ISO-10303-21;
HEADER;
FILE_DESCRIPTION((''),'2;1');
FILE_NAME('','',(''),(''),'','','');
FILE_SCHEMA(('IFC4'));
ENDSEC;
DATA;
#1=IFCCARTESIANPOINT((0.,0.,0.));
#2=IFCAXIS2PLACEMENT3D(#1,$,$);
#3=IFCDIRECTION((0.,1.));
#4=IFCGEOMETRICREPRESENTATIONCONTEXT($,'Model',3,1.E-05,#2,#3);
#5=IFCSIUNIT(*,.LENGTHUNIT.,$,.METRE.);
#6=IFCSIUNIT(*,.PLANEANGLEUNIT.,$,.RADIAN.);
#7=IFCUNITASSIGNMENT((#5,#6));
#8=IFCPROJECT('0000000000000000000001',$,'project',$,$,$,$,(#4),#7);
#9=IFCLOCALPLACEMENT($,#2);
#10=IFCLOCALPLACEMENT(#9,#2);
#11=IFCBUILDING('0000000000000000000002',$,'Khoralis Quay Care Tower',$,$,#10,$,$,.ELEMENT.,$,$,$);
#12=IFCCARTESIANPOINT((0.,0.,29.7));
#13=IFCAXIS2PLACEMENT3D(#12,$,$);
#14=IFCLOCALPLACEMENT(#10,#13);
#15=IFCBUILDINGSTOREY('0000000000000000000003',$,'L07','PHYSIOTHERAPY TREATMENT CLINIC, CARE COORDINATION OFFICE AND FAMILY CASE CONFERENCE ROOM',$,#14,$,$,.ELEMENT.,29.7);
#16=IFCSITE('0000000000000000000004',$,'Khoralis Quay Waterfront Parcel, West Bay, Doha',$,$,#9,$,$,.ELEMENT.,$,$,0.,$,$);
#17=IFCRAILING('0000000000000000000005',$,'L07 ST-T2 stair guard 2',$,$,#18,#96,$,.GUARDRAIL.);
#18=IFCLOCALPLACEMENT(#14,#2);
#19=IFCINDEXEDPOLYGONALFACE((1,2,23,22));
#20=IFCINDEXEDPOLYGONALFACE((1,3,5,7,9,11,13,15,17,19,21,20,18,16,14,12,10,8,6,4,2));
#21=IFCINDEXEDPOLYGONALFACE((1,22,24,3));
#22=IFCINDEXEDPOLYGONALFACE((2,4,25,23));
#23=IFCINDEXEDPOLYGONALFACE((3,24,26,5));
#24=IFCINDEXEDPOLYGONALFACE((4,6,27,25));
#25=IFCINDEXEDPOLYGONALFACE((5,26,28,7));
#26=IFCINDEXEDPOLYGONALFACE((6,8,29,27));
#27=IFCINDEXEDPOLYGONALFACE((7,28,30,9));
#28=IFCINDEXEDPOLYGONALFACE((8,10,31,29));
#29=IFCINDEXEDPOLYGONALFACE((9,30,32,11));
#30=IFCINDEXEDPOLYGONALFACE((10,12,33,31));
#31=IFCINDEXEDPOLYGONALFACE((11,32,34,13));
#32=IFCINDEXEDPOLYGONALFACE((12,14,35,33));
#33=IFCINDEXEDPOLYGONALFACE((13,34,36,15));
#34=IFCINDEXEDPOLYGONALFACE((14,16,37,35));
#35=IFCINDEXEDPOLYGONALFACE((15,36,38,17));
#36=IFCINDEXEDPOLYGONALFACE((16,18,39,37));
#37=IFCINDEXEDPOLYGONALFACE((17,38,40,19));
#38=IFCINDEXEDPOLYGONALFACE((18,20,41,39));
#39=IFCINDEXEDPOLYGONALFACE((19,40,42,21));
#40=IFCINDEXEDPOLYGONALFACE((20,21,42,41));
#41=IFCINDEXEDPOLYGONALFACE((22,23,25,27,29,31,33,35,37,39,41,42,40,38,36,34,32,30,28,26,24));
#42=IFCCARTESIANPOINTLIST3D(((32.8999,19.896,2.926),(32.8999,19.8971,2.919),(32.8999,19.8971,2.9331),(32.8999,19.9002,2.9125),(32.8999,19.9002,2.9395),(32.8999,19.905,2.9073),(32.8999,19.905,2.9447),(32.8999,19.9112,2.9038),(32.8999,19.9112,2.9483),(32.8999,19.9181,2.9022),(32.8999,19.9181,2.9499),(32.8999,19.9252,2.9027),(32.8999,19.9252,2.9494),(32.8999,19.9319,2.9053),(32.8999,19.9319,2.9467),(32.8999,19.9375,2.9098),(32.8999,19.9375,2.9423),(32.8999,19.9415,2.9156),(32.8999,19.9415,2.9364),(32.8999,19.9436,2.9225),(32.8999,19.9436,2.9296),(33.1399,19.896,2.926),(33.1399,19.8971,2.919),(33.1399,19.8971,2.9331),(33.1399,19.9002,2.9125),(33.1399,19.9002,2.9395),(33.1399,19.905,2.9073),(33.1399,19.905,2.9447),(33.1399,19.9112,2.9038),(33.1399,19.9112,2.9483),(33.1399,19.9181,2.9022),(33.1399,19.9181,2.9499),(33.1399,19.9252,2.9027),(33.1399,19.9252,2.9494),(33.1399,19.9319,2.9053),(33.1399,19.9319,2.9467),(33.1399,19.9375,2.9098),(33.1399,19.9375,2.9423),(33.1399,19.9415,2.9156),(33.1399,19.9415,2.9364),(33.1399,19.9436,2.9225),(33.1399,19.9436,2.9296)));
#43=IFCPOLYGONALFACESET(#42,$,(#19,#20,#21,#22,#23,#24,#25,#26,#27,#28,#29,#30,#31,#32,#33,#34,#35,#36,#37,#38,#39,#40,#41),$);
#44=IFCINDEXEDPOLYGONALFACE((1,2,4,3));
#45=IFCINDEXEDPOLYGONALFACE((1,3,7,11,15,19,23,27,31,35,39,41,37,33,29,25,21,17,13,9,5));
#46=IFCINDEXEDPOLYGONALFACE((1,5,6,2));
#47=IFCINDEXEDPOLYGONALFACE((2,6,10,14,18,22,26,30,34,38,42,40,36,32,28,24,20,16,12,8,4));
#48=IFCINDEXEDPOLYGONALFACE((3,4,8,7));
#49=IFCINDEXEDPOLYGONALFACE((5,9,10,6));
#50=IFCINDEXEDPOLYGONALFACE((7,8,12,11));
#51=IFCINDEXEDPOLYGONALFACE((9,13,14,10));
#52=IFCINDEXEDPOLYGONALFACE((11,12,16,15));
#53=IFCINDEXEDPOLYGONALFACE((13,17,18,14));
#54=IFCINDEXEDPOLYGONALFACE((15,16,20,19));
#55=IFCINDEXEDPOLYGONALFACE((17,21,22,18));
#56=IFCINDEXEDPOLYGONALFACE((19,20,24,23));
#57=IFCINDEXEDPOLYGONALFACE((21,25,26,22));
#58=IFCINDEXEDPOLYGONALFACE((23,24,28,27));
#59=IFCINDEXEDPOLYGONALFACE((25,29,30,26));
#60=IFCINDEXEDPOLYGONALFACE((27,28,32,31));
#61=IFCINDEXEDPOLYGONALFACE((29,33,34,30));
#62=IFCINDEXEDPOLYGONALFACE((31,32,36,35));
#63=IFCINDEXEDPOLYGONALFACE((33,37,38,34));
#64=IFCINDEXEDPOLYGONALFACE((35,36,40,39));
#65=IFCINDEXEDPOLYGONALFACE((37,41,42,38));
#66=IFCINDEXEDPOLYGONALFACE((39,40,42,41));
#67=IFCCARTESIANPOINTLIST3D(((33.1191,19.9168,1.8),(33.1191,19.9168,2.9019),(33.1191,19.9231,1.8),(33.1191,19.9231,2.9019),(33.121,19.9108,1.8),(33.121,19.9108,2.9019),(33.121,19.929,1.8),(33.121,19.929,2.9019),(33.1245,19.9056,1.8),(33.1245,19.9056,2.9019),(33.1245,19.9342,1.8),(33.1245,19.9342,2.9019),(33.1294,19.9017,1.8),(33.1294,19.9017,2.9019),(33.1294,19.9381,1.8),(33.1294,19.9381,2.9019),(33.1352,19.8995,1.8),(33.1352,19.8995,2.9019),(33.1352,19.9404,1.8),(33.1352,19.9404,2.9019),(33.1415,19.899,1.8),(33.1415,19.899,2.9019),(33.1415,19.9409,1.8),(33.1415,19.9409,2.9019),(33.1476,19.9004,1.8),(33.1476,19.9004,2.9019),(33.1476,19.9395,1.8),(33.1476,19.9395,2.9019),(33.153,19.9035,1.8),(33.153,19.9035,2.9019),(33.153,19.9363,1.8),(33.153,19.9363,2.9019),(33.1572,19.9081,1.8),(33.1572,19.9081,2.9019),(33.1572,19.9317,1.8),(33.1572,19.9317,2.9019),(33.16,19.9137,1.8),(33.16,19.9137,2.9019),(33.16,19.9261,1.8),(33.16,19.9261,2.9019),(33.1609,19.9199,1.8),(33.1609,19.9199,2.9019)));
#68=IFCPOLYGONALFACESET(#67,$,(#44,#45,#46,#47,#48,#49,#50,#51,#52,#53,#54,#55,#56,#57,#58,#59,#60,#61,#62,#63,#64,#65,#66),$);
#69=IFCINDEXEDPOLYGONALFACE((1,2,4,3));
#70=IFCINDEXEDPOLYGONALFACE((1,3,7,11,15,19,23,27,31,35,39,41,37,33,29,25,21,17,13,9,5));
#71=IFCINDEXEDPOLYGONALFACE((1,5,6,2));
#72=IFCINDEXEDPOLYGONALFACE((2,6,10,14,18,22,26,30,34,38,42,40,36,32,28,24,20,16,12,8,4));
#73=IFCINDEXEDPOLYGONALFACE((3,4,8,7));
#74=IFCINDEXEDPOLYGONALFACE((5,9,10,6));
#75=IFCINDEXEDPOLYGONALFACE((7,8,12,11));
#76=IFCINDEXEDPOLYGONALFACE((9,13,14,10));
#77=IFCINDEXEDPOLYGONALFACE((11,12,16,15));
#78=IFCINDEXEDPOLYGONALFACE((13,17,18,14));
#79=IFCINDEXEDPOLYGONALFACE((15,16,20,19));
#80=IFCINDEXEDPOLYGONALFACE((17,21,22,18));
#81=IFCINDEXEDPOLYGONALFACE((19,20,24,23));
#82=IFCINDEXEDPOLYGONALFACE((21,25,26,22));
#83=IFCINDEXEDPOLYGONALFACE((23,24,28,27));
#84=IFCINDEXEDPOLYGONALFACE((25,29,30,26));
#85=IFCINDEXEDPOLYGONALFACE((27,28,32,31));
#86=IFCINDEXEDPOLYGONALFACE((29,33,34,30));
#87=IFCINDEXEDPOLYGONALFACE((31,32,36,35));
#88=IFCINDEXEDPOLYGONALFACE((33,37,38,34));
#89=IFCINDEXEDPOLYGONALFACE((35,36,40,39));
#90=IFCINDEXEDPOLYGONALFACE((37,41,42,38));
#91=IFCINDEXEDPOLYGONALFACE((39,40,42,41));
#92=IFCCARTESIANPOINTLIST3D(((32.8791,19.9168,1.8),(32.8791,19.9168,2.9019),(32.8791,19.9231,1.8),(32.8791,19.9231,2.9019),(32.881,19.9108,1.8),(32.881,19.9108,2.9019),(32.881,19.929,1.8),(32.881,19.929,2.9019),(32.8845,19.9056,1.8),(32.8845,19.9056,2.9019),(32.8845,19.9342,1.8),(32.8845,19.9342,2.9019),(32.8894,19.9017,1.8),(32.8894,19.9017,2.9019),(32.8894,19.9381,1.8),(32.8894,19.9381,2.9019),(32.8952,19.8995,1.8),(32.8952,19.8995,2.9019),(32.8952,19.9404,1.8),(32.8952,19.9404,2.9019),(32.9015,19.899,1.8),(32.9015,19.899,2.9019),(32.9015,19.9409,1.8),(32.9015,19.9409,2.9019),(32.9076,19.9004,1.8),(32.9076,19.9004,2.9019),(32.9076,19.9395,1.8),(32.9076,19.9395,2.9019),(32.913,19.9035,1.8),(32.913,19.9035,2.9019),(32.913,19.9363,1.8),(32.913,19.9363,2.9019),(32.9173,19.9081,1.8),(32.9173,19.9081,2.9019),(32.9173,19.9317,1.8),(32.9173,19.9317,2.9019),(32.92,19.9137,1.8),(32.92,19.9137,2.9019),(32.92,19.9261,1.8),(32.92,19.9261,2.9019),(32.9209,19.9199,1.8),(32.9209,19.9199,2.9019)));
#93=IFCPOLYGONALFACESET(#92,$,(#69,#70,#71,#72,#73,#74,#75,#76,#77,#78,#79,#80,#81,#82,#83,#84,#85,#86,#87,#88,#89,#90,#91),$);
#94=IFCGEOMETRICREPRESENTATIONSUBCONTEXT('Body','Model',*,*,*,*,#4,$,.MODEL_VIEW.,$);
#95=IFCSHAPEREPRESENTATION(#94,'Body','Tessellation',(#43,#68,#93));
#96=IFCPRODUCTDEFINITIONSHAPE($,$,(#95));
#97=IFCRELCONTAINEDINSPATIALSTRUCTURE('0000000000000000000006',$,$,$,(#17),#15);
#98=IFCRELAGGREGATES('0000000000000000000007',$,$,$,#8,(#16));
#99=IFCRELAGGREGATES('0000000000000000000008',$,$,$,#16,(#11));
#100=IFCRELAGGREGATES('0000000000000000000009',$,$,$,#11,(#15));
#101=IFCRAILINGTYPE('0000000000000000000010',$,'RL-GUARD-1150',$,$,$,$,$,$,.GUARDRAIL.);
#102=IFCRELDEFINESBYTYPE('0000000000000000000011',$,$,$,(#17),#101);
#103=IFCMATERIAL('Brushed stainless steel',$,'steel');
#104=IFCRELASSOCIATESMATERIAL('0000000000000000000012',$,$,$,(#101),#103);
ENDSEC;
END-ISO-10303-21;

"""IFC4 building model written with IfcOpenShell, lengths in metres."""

from ifc_helpers import new_model, si_unit, direction, frame, origin, origin_2d, place, context, subcontext, project, spatial, circle, extrude, material, type_object, element, save


model = new_model("IFC4")

# Units and contexts
model_context = context("Model", 3, precision=1e-05, world=origin(), true_north=direction((0.0, 1.0)))
body_context = subcontext(model_context, "Body", "Model", "MODEL_VIEW")
ifc_project = project(units=[si_unit("LENGTHUNIT", "METRE"), si_unit("PLANEANGLEUNIT", "RADIAN")], contexts=[model_context])

# Site, building, storey
site_placement = place(None, origin())
site = spatial("IfcSite", under=ifc_project, at=site_placement, Name="Khoralis Quay Waterfront Parcel, West Bay, Doha", CompositionType="ELEMENT", RefElevation=0.0)
building_placement = place(site_placement, origin())
building = spatial("IfcBuilding", under=site, at=building_placement, Name="Khoralis Quay Care Tower", CompositionType="ELEMENT")
storey_placement = place(building_placement, frame((0.0, 0.0, 29.7)))
storey = spatial("IfcBuildingStorey", under=building, at=storey_placement, Name="L07", Description="PHYSIOTHERAPY TREATMENT CLINIC, CARE COORDINATION OFFICE AND FAMILY CASE CONFERENCE ROOM", CompositionType="ELEMENT", Elevation=29.7)

# Shared definitions
ifc_material_1 = material(Name="Brushed stainless steel", Category="steel")

# Railing
railing_type_1 = type_object("IfcRailingType", Name="RL-GUARD-1150", PredefinedType="GUARDRAIL", material=ifc_material_1)
railing_1_placement = place(storey_placement, frame((33.1399, 19.9199, 1.8)))
element("IfcRailing", 1, at=railing_1_placement, inside=storey, type_object=railing_type_1, Name="L07 ST-T2 stair guard 2", PredefinedType="GUARDRAIL", context=body_context, shape_type="SweptSolid", body=[
    extrude(circle(Radius=0.0239, at=origin_2d()), frame((0.0, 0.0, 1.126), z_axis=(-1.0, 0.0, 0.0), x_axis=(0.0, -1.0, 0.0)), (0.0, 0.0, 1.0), 0.24),
    extrude(circle(Radius=0.021, at=origin_2d()), origin(), (0.0, 0.0, 1.0), 1.1018),
    extrude(circle(Radius=0.021, at=origin_2d()), frame((-0.24, 0.0, 0.0)), (0.0, 0.0, 1.0), 1.1018),
])

save(model, "model.ifc")
